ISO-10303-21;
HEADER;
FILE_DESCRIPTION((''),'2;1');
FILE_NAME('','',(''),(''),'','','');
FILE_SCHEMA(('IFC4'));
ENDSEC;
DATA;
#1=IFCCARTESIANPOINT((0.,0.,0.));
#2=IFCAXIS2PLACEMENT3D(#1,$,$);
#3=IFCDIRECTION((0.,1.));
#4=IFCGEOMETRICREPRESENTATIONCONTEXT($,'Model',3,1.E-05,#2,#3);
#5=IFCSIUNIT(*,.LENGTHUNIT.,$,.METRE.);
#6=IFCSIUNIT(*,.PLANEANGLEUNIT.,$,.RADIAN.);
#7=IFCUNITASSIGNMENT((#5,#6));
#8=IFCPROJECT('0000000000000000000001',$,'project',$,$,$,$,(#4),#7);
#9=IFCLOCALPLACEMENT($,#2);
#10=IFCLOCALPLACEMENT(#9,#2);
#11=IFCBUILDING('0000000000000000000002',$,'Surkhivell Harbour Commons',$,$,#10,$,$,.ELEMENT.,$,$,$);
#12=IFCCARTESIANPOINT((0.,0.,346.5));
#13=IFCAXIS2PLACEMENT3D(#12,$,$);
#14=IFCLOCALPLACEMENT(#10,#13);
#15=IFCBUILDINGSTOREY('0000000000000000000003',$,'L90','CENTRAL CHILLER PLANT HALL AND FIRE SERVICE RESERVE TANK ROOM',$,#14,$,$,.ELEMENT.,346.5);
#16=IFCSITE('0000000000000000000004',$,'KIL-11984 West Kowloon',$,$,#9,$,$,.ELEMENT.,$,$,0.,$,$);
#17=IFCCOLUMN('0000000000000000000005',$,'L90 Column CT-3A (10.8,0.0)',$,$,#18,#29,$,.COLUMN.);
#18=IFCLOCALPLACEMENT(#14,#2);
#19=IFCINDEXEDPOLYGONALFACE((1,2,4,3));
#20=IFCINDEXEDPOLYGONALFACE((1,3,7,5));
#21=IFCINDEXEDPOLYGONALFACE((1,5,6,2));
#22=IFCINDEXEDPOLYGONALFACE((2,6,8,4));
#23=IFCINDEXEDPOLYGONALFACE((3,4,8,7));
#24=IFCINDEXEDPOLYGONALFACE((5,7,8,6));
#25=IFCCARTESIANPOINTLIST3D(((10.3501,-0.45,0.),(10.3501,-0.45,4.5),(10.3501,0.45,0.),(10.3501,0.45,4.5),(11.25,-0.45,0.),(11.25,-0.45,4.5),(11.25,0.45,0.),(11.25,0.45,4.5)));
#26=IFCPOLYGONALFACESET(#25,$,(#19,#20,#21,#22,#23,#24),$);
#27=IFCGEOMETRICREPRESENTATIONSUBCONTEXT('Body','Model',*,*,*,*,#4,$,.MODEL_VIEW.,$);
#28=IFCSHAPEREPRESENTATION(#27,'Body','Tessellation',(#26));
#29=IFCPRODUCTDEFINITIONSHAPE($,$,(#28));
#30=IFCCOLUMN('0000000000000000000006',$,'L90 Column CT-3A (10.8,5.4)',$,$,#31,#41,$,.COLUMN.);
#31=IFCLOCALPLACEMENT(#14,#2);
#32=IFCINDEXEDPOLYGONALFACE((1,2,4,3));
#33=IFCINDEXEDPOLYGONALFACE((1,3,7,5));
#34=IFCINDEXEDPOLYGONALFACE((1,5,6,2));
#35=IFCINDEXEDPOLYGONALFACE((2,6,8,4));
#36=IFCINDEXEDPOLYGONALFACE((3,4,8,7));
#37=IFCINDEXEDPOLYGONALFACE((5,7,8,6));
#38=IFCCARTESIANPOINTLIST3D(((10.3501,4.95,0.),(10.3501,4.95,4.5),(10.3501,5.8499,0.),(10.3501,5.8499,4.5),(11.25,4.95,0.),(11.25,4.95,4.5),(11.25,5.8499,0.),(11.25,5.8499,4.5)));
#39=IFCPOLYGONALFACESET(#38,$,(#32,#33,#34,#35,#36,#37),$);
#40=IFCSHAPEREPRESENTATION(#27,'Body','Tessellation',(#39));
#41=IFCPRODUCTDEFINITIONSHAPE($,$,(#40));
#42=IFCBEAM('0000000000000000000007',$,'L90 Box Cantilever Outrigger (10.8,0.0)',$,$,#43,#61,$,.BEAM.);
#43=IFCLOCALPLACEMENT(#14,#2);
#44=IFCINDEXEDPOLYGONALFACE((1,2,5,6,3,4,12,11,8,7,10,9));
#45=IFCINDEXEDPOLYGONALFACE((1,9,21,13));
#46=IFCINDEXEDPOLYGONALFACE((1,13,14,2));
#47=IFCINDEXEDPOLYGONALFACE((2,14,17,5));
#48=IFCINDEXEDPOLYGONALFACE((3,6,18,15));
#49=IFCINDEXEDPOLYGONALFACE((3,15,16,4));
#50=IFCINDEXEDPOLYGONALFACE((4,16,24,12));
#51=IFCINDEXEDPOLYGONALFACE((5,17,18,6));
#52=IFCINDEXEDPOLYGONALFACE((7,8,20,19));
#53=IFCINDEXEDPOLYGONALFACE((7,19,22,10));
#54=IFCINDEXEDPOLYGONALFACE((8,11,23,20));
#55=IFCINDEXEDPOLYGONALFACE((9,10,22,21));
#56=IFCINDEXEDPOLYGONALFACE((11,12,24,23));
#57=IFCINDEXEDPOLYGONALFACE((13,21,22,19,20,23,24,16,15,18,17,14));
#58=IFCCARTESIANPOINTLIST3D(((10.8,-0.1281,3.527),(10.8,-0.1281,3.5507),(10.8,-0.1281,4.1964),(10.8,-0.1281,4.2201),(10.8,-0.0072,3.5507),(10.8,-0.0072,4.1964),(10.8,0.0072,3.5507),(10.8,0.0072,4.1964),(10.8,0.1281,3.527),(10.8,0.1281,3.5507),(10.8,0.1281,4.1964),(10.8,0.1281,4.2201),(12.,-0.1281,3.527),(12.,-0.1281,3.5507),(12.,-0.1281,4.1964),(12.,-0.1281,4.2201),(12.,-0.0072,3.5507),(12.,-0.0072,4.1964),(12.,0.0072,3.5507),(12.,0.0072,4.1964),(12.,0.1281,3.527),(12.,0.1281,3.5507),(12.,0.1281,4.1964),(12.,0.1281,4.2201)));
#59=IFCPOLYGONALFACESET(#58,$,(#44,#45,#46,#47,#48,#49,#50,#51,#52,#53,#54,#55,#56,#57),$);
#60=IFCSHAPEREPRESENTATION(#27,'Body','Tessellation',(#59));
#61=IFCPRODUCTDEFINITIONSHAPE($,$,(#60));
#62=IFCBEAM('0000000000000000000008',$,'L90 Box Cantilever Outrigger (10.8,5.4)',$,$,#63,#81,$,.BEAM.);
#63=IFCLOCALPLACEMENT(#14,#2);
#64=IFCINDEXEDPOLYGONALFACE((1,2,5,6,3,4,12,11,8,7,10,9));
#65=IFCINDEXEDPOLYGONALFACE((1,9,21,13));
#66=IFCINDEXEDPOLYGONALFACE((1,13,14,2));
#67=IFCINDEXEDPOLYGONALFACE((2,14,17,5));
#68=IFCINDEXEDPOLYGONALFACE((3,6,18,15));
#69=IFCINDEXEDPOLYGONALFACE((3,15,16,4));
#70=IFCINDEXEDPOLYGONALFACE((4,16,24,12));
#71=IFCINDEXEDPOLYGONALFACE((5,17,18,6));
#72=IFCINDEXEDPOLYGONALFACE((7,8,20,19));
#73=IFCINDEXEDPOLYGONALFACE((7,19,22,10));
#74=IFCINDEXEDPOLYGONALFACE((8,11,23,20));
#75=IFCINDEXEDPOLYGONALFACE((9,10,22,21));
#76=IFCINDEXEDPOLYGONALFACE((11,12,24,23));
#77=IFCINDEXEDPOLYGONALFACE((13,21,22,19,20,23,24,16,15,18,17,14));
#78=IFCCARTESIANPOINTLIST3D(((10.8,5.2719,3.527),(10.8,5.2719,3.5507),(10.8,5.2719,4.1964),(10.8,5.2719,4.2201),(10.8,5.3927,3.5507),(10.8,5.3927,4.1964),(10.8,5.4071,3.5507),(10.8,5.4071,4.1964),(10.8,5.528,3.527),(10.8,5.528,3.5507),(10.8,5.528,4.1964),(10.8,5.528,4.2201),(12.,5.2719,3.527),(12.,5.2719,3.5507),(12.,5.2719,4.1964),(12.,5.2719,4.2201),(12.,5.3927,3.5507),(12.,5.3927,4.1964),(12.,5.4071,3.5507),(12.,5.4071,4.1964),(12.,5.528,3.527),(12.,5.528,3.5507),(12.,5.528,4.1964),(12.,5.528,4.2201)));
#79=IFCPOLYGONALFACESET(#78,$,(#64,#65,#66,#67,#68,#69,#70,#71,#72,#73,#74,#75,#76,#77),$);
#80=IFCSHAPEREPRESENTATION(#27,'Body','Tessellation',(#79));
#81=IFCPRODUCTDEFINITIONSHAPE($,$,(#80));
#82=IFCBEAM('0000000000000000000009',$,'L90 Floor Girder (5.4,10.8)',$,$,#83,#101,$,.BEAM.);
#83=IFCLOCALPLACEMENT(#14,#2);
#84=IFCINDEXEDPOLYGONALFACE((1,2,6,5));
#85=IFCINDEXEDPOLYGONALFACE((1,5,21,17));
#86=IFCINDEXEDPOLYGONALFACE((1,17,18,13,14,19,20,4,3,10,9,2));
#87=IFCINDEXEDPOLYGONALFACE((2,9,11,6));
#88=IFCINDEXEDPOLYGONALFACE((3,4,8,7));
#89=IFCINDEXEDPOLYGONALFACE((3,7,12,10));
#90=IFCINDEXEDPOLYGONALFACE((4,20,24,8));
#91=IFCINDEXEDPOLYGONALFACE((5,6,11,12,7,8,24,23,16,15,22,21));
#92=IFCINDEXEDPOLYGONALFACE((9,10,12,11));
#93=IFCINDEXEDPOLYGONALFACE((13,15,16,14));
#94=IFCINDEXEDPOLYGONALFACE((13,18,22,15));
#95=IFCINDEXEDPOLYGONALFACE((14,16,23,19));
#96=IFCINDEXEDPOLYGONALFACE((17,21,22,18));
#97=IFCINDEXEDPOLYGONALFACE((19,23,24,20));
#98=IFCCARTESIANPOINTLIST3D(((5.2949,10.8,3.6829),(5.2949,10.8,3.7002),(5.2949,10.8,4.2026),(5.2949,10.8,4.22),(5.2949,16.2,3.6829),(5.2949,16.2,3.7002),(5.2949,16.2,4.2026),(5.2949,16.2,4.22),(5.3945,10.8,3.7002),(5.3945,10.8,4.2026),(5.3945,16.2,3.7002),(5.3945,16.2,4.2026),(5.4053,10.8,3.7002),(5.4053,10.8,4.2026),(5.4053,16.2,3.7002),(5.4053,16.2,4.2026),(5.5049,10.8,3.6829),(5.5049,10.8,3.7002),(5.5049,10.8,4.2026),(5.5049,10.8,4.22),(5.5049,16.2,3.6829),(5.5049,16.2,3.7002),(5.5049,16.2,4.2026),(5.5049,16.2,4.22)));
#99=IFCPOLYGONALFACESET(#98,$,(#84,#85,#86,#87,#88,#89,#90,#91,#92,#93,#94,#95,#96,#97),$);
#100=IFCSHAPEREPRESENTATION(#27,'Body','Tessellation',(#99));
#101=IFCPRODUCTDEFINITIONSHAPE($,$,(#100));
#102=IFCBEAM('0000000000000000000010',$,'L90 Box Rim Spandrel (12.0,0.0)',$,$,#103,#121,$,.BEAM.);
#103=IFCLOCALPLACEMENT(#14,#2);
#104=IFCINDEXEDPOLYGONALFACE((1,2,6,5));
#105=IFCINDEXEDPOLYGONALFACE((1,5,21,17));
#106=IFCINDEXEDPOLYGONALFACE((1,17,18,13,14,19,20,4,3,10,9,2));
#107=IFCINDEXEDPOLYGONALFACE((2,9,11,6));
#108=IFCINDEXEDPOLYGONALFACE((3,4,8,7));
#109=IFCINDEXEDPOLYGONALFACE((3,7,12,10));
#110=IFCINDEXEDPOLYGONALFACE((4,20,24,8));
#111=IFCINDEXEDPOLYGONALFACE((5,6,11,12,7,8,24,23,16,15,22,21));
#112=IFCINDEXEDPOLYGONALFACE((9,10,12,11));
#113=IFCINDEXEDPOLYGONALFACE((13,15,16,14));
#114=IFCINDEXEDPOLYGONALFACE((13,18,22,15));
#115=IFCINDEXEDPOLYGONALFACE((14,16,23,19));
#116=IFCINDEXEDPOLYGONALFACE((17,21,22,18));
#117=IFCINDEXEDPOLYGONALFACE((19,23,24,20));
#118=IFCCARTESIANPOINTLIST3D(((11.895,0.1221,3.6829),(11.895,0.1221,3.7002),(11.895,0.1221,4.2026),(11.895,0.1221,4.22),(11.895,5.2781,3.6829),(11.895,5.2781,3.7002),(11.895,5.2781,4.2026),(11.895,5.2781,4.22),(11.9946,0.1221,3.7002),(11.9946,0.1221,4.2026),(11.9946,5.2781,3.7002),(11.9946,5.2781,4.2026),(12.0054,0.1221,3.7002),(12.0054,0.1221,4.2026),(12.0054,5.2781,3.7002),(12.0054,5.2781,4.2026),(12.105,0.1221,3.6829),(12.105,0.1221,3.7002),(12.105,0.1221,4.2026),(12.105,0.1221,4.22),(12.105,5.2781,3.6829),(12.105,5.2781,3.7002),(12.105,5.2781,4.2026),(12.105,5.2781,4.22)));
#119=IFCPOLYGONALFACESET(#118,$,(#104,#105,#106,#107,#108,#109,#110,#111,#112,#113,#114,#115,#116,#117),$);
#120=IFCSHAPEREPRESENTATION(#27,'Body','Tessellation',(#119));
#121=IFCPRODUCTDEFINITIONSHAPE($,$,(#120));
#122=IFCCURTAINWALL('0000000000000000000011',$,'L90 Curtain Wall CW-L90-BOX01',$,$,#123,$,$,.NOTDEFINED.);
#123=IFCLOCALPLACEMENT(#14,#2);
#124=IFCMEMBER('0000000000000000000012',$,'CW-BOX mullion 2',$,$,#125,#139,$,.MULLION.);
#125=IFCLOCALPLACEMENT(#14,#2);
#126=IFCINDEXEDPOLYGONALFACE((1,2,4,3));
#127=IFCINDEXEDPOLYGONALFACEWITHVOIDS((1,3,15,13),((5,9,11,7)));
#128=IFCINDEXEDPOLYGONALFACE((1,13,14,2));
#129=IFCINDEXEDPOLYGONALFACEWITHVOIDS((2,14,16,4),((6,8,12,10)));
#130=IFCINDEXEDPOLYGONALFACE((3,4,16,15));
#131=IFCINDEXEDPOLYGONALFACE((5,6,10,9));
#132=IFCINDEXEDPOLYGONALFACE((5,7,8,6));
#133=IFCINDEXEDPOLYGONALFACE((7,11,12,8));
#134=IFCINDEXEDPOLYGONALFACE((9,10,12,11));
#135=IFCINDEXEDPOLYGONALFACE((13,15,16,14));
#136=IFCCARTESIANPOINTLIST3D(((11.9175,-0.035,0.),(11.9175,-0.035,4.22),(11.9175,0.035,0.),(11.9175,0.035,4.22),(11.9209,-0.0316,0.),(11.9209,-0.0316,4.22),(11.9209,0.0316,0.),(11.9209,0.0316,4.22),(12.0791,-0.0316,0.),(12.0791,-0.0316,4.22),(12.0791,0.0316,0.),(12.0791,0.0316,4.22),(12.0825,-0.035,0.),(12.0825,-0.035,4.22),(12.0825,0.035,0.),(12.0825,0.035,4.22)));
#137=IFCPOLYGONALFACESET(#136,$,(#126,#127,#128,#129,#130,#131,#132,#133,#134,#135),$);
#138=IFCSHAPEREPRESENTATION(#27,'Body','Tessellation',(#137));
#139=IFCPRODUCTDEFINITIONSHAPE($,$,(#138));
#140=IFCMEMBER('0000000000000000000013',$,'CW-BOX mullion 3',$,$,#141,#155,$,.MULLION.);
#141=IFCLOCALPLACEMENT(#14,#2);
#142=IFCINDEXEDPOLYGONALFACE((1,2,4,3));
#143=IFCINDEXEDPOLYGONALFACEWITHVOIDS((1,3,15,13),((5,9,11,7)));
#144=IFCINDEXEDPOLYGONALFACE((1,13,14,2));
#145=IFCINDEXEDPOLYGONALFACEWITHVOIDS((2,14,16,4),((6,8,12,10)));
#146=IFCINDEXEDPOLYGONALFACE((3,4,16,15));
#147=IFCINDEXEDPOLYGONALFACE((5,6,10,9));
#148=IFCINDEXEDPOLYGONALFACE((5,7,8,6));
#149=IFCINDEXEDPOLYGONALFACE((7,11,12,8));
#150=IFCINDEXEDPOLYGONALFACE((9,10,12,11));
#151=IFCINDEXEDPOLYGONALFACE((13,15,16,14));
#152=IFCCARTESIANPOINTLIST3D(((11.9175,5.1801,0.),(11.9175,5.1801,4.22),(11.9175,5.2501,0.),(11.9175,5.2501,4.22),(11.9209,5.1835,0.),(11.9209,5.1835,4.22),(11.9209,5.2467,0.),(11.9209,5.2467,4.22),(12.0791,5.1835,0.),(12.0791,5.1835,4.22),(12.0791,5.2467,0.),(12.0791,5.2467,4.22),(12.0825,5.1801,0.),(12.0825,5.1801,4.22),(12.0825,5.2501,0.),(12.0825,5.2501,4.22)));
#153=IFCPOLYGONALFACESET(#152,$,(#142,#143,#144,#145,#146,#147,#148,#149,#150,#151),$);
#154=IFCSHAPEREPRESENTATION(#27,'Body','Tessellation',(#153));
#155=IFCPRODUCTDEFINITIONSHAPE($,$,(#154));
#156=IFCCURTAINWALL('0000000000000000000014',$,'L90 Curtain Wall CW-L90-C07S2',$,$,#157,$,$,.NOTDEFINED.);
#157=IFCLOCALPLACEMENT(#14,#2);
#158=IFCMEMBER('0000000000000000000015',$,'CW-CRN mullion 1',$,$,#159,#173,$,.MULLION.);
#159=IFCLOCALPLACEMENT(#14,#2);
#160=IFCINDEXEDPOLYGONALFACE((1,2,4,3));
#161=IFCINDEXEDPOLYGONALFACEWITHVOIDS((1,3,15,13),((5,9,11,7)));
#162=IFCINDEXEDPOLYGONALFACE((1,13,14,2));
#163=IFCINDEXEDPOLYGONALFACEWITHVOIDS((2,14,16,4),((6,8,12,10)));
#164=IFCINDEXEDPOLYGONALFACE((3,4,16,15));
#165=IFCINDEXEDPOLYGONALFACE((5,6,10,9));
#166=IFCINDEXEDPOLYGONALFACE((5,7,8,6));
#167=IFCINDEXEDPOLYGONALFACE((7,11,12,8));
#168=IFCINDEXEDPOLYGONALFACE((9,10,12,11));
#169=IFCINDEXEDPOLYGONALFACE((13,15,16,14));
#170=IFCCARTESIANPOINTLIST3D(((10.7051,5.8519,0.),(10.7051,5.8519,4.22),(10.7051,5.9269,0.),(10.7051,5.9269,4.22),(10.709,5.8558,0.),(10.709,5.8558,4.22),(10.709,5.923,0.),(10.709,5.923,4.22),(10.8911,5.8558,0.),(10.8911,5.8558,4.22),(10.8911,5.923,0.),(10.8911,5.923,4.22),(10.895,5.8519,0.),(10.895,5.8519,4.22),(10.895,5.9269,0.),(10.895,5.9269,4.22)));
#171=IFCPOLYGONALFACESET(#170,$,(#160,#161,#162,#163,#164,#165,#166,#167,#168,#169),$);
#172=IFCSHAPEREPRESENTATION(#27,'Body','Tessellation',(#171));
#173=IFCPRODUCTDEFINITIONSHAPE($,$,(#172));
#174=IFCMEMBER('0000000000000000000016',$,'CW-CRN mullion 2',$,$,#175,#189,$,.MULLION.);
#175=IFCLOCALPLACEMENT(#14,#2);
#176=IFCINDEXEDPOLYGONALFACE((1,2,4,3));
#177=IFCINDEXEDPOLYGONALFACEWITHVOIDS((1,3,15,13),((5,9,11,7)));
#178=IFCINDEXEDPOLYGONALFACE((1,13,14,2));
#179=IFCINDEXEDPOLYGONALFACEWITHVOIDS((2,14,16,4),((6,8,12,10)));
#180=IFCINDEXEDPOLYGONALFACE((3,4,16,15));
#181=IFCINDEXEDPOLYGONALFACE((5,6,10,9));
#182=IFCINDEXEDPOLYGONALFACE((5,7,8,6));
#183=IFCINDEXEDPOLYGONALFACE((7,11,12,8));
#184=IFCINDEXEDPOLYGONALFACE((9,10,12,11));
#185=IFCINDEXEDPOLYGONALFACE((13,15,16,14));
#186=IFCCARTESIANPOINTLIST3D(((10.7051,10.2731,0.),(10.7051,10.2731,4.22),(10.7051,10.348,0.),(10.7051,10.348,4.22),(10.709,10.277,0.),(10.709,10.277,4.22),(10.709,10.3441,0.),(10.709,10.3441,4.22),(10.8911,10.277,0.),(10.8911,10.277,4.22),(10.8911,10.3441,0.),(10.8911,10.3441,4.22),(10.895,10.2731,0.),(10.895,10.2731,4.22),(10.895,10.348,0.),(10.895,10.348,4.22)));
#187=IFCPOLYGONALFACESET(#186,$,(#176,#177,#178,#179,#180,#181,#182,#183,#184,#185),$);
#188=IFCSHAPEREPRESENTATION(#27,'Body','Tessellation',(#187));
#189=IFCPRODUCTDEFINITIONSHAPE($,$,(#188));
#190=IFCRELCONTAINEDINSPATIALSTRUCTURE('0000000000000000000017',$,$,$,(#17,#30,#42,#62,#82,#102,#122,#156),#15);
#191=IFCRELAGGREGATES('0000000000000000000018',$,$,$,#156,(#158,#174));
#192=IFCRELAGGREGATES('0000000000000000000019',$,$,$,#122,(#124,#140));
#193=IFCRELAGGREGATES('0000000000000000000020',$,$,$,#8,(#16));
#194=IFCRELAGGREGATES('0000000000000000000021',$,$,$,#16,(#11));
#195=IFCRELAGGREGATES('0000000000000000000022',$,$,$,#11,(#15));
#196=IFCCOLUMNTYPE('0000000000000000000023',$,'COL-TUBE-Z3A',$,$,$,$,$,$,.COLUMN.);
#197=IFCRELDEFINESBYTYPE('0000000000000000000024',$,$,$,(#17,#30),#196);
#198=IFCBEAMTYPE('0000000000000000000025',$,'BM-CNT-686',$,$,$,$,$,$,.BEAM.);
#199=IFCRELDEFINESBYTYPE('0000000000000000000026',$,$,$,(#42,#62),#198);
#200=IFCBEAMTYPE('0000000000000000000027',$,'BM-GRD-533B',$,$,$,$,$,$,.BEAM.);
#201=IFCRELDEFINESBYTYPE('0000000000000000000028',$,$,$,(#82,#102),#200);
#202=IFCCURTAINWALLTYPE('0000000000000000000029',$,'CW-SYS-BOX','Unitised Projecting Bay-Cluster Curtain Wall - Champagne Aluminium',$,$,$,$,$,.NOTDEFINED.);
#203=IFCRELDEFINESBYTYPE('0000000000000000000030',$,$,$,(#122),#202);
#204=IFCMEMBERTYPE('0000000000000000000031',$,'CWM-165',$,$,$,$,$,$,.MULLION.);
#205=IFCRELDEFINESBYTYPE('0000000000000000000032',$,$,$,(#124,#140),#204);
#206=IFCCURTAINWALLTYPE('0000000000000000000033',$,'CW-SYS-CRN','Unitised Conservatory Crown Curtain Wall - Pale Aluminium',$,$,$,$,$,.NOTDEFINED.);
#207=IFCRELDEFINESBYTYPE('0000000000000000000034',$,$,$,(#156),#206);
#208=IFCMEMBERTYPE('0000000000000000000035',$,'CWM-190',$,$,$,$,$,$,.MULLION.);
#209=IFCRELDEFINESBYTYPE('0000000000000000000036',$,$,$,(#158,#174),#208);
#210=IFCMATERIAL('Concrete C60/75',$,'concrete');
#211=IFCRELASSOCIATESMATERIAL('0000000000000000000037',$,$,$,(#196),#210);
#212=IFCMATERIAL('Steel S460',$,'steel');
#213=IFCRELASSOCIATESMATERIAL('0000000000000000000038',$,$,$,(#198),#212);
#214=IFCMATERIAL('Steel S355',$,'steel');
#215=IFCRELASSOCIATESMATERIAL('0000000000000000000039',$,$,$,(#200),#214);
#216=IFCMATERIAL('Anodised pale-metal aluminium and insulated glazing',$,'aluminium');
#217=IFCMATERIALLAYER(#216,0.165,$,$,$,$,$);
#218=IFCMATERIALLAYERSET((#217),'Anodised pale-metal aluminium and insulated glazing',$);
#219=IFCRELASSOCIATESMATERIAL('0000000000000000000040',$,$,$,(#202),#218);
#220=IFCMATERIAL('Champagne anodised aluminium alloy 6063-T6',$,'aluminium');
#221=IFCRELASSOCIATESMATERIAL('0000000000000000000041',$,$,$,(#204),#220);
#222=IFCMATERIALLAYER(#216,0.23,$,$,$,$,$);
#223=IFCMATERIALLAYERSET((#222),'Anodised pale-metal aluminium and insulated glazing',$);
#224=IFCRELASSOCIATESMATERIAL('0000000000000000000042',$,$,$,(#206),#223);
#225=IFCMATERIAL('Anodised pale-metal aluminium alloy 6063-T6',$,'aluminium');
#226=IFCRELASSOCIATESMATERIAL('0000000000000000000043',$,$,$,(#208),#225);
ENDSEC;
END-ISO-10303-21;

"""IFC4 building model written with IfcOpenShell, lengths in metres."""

from ifc_helpers import new_model, si_unit, direction, frame, origin, origin_2d, place, context, subcontext, project, spatial, rectangle, hollow_rectangle, i_section, extrude, material, layer, layer_set, material_profile, profile_set, type_object, element, aggregate, save


model = new_model("IFC4")

# Units and contexts
model_context = context("Model", 3, precision=1e-05, world=origin(), true_north=direction((0.0, 1.0)))
body_context = subcontext(model_context, "Body", "Model", "MODEL_VIEW")
ifc_project = project(units=[si_unit("LENGTHUNIT", "METRE"), si_unit("PLANEANGLEUNIT", "RADIAN")], contexts=[model_context])

# Site, building, storey
site_placement = place(None, origin())
site = spatial("IfcSite", under=ifc_project, at=site_placement, Name="KIL-11984 West Kowloon", CompositionType="ELEMENT", RefElevation=0.0)
building_placement = place(site_placement, origin())
building = spatial("IfcBuilding", under=site, at=building_placement, Name="Surkhivell Harbour Commons", CompositionType="ELEMENT")
storey_placement = place(building_placement, frame((0.0, 0.0, 346.5)))
storey = spatial("IfcBuildingStorey", under=building, at=storey_placement, Name="L90", Description="CENTRAL CHILLER PLANT HALL AND FIRE SERVICE RESERVE TANK ROOM", CompositionType="ELEMENT", Elevation=346.5)

# Columns
ifc_material_1 = material(Name="Concrete C60/75", Category="concrete")
ifc_material_profile_1 = material_profile(ifc_material_1, rectangle(XDim=0.8999, YDim=0.8999, at=origin_2d()), Name="RC-COL-900x900")
ifc_profile_set_1 = profile_set([ifc_material_profile_1], Name="Concrete C60/75")
column_type = type_object("IfcColumnType", Name="COL-TUBE-Z3A", PredefinedType="COLUMN", material=ifc_profile_set_1)
for number, where, z_axis, x_axis, name in (
    (1, (10.8, 0.0, 0.0), (0.0, 0.0, 1.0), (1.0, 0.0, 0.0), "L90 Column CT-3A (10.8,0.0)"),
    (2, (10.8, 5.3999, 0.0), (0.0, 0.0, 1.0), (1.0, 0.0, 0.0), "L90 Column CT-3A (10.8,5.4)"),
):
    element("IfcColumn", number, at=place(storey_placement, frame(where, z_axis=z_axis, x_axis=x_axis)), inside=storey, type_object=column_type, Name=name, PredefinedType="COLUMN", context=body_context, shape_type="SweptSolid", body=[
        extrude(rectangle(XDim=0.8999, YDim=0.8999, at=origin_2d()), origin(), (0.0, 0.0, 1.0), 4.5),
    ])

# Beams
ifc_material_2 = material(Name="Steel S460", Category="steel")
ifc_material_profile_2 = material_profile(ifc_material_2, i_section(OverallWidth=0.2561, OverallDepth=0.6931, WebThickness=0.0144, FlangeThickness=0.0237, at=origin_2d()), Name="UB686x254x170")
ifc_profile_set_2 = profile_set([ifc_material_profile_2], Name="Steel S460")
beam_type_1 = type_object("IfcBeamType", Name="BM-CNT-686", PredefinedType="BEAM", material=ifc_profile_set_2)
for number, where, z_axis, x_axis, name in (
    (3, (10.8, 0.0, 3.8735), (1.0, 0.0, 0.0), (0.0, 1.0, 0.0), "L90 Box Cantilever Outrigger (10.8,0.0)"),
    (4, (10.8, 5.3999, 3.8735), (1.0, 0.0, 0.0), (0.0, 1.0, 0.0), "L90 Box Cantilever Outrigger (10.8,5.4)"),
):
    element("IfcBeam", number, at=place(storey_placement, frame(where, z_axis=z_axis, x_axis=x_axis)), inside=storey, type_object=beam_type_1, Name=name, PredefinedType="BEAM", context=body_context, shape_type="SweptSolid", body=[
        extrude(i_section(OverallWidth=0.2561, OverallDepth=0.6931, WebThickness=0.0144, FlangeThickness=0.0237, at=origin_2d()), origin(), (0.0, 0.0, 1.0), 1.2),
    ])
ifc_material_3 = material(Name="Steel S355", Category="steel")
ifc_material_profile_3 = material_profile(ifc_material_3, i_section(OverallWidth=0.21, OverallDepth=0.5371, WebThickness=0.0107, FlangeThickness=0.0173, at=origin_2d()), Name="UB533x210x101")
ifc_profile_set_3 = profile_set([ifc_material_profile_3], Name="Steel S355")
beam_type_2 = type_object("IfcBeamType", Name="BM-GRD-533B", PredefinedType="BEAM", material=ifc_profile_set_3)
beam_1_placement = place(storey_placement, frame((5.3999, 10.8, 3.9514), z_axis=(0.0, 1.0, 0.0), x_axis=(-1.0, 0.0, 0.0)))
element("IfcBeam", 5, at=beam_1_placement, inside=storey, type_object=beam_type_2, Name="L90 Floor Girder (5.4,10.8)", PredefinedType="BEAM", context=body_context, shape_type="SweptSolid", body=[
    extrude(i_section(OverallWidth=0.21, OverallDepth=0.5371, WebThickness=0.0107, FlangeThickness=0.0173, at=origin_2d()), origin(), (0.0, 0.0, 1.0), 5.3999),
])
beam_2_placement = place(storey_placement, frame((12.0, 0.1221, 3.9514), z_axis=(0.0, 1.0, 0.0), x_axis=(-1.0, 0.0, 0.0)))
element("IfcBeam", 6, at=beam_2_placement, inside=storey, type_object=beam_type_2, Name="L90 Box Rim Spandrel (12.0,0.0)", PredefinedType="BEAM", context=body_context, shape_type="SweptSolid", body=[
    extrude(i_section(OverallWidth=0.21, OverallDepth=0.5371, WebThickness=0.0107, FlangeThickness=0.0173, at=origin_2d()), origin(), (0.0, 0.0, 1.0), 5.156),
])

# Curtain walls, members
ifc_material_4 = material(Name="Anodised pale-metal aluminium and insulated glazing", Category="aluminium")
ifc_layer_1 = layer(ifc_material_4, 0.165)
ifc_layer_set_1 = layer_set([ifc_layer_1], Name="Anodised pale-metal aluminium and insulated glazing")
curtain_wall_type_1 = type_object("IfcCurtainWallType", Name="CW-SYS-BOX", Description="Unitised Projecting Bay-Cluster Curtain Wall - Champagne Aluminium", PredefinedType="NOTDEFINED", material=ifc_layer_set_1)
curtain_wall_1_placement = place(storey_placement, origin())
curtain_wall_1 = element("IfcCurtainWall", 7, at=curtain_wall_1_placement, inside=storey, type_object=curtain_wall_type_1, Name="L90 Curtain Wall CW-L90-BOX01", PredefinedType="NOTDEFINED")
ifc_material_5 = material(Name="Champagne anodised aluminium alloy 6063-T6", Category="aluminium")
ifc_material_profile_4 = material_profile(ifc_material_5, hollow_rectangle(XDim=0.0701, YDim=0.165, WallThickness=0.0034, at=origin_2d()), Name="ALU-MULL-70x165")
ifc_profile_set_4 = profile_set([ifc_material_profile_4], Name="Champagne anodised aluminium alloy 6063-T6")
member_type_1 = type_object("IfcMemberType", Name="CWM-165", PredefinedType="MULLION", material=ifc_profile_set_4)
member_1_placement = place(storey_placement, frame((12.0, 0.0, 0.0), z_axis=(0.0, 0.0, 1.0), x_axis=(0.0, 1.0, 0.0)))
member_1 = element("IfcMember", 8, at=member_1_placement, type_object=member_type_1, Name="CW-BOX mullion 2", PredefinedType="MULLION", context=body_context, shape_type="SweptSolid", body=[
    extrude(hollow_rectangle(XDim=0.0701, YDim=0.165, WallThickness=0.0034, at=origin_2d()), origin(), (0.0, 0.0, 1.0), 4.22),
])
member_2_placement = place(storey_placement, frame((12.0, 5.2151, 0.0), z_axis=(0.0, 0.0, 1.0), x_axis=(0.0, 1.0, 0.0)))
member_2 = element("IfcMember", 9, at=member_2_placement, type_object=member_type_1, Name="CW-BOX mullion 3", PredefinedType="MULLION", context=body_context, shape_type="SweptSolid", body=[
    extrude(hollow_rectangle(XDim=0.0701, YDim=0.165, WallThickness=0.0034, at=origin_2d()), origin(), (0.0, 0.0, 1.0), 4.22),
])
ifc_layer_2 = layer(ifc_material_4, 0.23)
ifc_layer_set_2 = layer_set([ifc_layer_2], Name="Anodised pale-metal aluminium and insulated glazing")
curtain_wall_type_2 = type_object("IfcCurtainWallType", Name="CW-SYS-CRN", Description="Unitised Conservatory Crown Curtain Wall - Pale Aluminium", PredefinedType="NOTDEFINED", material=ifc_layer_set_2)
curtain_wall_2_placement = place(storey_placement, origin())
curtain_wall_2 = element("IfcCurtainWall", 10, at=curtain_wall_2_placement, inside=storey, type_object=curtain_wall_type_2, Name="L90 Curtain Wall CW-L90-C07S2", PredefinedType="NOTDEFINED")
ifc_material_6 = material(Name="Anodised pale-metal aluminium alloy 6063-T6", Category="aluminium")
ifc_material_profile_5 = material_profile(ifc_material_6, hollow_rectangle(XDim=0.075, YDim=0.1899, WallThickness=0.0039, at=origin_2d()), Name="ALU-MULL-75x190")
ifc_profile_set_5 = profile_set([ifc_material_profile_5], Name="Anodised pale-metal aluminium alloy 6063-T6")
member_type_2 = type_object("IfcMemberType", Name="CWM-190", PredefinedType="MULLION", material=ifc_profile_set_5)
member_3_placement = place(storey_placement, frame((10.8, 5.8894, 0.0), z_axis=(0.0, 0.0, 1.0), x_axis=(0.0, 1.0, 0.0)))
member_3 = element("IfcMember", 11, at=member_3_placement, type_object=member_type_2, Name="CW-CRN mullion 1", PredefinedType="MULLION", context=body_context, shape_type="SweptSolid", body=[
    extrude(hollow_rectangle(XDim=0.075, YDim=0.1899, WallThickness=0.0039, at=origin_2d()), origin(), (0.0, 0.0, 1.0), 4.22),
])
member_4_placement = place(storey_placement, frame((10.8, 10.3105, 0.0), z_axis=(0.0, 0.0, 1.0), x_axis=(0.0, 1.0, 0.0)))
member_4 = element("IfcMember", 12, at=member_4_placement, type_object=member_type_2, Name="CW-CRN mullion 2", PredefinedType="MULLION", context=body_context, shape_type="SweptSolid", body=[
    extrude(hollow_rectangle(XDim=0.075, YDim=0.1899, WallThickness=0.0039, at=origin_2d()), origin(), (0.0, 0.0, 1.0), 4.22),
])

aggregate(curtain_wall_2, [member_3, member_4])
aggregate(curtain_wall_1, [member_1, member_2])

save(model, "model.ifc")
